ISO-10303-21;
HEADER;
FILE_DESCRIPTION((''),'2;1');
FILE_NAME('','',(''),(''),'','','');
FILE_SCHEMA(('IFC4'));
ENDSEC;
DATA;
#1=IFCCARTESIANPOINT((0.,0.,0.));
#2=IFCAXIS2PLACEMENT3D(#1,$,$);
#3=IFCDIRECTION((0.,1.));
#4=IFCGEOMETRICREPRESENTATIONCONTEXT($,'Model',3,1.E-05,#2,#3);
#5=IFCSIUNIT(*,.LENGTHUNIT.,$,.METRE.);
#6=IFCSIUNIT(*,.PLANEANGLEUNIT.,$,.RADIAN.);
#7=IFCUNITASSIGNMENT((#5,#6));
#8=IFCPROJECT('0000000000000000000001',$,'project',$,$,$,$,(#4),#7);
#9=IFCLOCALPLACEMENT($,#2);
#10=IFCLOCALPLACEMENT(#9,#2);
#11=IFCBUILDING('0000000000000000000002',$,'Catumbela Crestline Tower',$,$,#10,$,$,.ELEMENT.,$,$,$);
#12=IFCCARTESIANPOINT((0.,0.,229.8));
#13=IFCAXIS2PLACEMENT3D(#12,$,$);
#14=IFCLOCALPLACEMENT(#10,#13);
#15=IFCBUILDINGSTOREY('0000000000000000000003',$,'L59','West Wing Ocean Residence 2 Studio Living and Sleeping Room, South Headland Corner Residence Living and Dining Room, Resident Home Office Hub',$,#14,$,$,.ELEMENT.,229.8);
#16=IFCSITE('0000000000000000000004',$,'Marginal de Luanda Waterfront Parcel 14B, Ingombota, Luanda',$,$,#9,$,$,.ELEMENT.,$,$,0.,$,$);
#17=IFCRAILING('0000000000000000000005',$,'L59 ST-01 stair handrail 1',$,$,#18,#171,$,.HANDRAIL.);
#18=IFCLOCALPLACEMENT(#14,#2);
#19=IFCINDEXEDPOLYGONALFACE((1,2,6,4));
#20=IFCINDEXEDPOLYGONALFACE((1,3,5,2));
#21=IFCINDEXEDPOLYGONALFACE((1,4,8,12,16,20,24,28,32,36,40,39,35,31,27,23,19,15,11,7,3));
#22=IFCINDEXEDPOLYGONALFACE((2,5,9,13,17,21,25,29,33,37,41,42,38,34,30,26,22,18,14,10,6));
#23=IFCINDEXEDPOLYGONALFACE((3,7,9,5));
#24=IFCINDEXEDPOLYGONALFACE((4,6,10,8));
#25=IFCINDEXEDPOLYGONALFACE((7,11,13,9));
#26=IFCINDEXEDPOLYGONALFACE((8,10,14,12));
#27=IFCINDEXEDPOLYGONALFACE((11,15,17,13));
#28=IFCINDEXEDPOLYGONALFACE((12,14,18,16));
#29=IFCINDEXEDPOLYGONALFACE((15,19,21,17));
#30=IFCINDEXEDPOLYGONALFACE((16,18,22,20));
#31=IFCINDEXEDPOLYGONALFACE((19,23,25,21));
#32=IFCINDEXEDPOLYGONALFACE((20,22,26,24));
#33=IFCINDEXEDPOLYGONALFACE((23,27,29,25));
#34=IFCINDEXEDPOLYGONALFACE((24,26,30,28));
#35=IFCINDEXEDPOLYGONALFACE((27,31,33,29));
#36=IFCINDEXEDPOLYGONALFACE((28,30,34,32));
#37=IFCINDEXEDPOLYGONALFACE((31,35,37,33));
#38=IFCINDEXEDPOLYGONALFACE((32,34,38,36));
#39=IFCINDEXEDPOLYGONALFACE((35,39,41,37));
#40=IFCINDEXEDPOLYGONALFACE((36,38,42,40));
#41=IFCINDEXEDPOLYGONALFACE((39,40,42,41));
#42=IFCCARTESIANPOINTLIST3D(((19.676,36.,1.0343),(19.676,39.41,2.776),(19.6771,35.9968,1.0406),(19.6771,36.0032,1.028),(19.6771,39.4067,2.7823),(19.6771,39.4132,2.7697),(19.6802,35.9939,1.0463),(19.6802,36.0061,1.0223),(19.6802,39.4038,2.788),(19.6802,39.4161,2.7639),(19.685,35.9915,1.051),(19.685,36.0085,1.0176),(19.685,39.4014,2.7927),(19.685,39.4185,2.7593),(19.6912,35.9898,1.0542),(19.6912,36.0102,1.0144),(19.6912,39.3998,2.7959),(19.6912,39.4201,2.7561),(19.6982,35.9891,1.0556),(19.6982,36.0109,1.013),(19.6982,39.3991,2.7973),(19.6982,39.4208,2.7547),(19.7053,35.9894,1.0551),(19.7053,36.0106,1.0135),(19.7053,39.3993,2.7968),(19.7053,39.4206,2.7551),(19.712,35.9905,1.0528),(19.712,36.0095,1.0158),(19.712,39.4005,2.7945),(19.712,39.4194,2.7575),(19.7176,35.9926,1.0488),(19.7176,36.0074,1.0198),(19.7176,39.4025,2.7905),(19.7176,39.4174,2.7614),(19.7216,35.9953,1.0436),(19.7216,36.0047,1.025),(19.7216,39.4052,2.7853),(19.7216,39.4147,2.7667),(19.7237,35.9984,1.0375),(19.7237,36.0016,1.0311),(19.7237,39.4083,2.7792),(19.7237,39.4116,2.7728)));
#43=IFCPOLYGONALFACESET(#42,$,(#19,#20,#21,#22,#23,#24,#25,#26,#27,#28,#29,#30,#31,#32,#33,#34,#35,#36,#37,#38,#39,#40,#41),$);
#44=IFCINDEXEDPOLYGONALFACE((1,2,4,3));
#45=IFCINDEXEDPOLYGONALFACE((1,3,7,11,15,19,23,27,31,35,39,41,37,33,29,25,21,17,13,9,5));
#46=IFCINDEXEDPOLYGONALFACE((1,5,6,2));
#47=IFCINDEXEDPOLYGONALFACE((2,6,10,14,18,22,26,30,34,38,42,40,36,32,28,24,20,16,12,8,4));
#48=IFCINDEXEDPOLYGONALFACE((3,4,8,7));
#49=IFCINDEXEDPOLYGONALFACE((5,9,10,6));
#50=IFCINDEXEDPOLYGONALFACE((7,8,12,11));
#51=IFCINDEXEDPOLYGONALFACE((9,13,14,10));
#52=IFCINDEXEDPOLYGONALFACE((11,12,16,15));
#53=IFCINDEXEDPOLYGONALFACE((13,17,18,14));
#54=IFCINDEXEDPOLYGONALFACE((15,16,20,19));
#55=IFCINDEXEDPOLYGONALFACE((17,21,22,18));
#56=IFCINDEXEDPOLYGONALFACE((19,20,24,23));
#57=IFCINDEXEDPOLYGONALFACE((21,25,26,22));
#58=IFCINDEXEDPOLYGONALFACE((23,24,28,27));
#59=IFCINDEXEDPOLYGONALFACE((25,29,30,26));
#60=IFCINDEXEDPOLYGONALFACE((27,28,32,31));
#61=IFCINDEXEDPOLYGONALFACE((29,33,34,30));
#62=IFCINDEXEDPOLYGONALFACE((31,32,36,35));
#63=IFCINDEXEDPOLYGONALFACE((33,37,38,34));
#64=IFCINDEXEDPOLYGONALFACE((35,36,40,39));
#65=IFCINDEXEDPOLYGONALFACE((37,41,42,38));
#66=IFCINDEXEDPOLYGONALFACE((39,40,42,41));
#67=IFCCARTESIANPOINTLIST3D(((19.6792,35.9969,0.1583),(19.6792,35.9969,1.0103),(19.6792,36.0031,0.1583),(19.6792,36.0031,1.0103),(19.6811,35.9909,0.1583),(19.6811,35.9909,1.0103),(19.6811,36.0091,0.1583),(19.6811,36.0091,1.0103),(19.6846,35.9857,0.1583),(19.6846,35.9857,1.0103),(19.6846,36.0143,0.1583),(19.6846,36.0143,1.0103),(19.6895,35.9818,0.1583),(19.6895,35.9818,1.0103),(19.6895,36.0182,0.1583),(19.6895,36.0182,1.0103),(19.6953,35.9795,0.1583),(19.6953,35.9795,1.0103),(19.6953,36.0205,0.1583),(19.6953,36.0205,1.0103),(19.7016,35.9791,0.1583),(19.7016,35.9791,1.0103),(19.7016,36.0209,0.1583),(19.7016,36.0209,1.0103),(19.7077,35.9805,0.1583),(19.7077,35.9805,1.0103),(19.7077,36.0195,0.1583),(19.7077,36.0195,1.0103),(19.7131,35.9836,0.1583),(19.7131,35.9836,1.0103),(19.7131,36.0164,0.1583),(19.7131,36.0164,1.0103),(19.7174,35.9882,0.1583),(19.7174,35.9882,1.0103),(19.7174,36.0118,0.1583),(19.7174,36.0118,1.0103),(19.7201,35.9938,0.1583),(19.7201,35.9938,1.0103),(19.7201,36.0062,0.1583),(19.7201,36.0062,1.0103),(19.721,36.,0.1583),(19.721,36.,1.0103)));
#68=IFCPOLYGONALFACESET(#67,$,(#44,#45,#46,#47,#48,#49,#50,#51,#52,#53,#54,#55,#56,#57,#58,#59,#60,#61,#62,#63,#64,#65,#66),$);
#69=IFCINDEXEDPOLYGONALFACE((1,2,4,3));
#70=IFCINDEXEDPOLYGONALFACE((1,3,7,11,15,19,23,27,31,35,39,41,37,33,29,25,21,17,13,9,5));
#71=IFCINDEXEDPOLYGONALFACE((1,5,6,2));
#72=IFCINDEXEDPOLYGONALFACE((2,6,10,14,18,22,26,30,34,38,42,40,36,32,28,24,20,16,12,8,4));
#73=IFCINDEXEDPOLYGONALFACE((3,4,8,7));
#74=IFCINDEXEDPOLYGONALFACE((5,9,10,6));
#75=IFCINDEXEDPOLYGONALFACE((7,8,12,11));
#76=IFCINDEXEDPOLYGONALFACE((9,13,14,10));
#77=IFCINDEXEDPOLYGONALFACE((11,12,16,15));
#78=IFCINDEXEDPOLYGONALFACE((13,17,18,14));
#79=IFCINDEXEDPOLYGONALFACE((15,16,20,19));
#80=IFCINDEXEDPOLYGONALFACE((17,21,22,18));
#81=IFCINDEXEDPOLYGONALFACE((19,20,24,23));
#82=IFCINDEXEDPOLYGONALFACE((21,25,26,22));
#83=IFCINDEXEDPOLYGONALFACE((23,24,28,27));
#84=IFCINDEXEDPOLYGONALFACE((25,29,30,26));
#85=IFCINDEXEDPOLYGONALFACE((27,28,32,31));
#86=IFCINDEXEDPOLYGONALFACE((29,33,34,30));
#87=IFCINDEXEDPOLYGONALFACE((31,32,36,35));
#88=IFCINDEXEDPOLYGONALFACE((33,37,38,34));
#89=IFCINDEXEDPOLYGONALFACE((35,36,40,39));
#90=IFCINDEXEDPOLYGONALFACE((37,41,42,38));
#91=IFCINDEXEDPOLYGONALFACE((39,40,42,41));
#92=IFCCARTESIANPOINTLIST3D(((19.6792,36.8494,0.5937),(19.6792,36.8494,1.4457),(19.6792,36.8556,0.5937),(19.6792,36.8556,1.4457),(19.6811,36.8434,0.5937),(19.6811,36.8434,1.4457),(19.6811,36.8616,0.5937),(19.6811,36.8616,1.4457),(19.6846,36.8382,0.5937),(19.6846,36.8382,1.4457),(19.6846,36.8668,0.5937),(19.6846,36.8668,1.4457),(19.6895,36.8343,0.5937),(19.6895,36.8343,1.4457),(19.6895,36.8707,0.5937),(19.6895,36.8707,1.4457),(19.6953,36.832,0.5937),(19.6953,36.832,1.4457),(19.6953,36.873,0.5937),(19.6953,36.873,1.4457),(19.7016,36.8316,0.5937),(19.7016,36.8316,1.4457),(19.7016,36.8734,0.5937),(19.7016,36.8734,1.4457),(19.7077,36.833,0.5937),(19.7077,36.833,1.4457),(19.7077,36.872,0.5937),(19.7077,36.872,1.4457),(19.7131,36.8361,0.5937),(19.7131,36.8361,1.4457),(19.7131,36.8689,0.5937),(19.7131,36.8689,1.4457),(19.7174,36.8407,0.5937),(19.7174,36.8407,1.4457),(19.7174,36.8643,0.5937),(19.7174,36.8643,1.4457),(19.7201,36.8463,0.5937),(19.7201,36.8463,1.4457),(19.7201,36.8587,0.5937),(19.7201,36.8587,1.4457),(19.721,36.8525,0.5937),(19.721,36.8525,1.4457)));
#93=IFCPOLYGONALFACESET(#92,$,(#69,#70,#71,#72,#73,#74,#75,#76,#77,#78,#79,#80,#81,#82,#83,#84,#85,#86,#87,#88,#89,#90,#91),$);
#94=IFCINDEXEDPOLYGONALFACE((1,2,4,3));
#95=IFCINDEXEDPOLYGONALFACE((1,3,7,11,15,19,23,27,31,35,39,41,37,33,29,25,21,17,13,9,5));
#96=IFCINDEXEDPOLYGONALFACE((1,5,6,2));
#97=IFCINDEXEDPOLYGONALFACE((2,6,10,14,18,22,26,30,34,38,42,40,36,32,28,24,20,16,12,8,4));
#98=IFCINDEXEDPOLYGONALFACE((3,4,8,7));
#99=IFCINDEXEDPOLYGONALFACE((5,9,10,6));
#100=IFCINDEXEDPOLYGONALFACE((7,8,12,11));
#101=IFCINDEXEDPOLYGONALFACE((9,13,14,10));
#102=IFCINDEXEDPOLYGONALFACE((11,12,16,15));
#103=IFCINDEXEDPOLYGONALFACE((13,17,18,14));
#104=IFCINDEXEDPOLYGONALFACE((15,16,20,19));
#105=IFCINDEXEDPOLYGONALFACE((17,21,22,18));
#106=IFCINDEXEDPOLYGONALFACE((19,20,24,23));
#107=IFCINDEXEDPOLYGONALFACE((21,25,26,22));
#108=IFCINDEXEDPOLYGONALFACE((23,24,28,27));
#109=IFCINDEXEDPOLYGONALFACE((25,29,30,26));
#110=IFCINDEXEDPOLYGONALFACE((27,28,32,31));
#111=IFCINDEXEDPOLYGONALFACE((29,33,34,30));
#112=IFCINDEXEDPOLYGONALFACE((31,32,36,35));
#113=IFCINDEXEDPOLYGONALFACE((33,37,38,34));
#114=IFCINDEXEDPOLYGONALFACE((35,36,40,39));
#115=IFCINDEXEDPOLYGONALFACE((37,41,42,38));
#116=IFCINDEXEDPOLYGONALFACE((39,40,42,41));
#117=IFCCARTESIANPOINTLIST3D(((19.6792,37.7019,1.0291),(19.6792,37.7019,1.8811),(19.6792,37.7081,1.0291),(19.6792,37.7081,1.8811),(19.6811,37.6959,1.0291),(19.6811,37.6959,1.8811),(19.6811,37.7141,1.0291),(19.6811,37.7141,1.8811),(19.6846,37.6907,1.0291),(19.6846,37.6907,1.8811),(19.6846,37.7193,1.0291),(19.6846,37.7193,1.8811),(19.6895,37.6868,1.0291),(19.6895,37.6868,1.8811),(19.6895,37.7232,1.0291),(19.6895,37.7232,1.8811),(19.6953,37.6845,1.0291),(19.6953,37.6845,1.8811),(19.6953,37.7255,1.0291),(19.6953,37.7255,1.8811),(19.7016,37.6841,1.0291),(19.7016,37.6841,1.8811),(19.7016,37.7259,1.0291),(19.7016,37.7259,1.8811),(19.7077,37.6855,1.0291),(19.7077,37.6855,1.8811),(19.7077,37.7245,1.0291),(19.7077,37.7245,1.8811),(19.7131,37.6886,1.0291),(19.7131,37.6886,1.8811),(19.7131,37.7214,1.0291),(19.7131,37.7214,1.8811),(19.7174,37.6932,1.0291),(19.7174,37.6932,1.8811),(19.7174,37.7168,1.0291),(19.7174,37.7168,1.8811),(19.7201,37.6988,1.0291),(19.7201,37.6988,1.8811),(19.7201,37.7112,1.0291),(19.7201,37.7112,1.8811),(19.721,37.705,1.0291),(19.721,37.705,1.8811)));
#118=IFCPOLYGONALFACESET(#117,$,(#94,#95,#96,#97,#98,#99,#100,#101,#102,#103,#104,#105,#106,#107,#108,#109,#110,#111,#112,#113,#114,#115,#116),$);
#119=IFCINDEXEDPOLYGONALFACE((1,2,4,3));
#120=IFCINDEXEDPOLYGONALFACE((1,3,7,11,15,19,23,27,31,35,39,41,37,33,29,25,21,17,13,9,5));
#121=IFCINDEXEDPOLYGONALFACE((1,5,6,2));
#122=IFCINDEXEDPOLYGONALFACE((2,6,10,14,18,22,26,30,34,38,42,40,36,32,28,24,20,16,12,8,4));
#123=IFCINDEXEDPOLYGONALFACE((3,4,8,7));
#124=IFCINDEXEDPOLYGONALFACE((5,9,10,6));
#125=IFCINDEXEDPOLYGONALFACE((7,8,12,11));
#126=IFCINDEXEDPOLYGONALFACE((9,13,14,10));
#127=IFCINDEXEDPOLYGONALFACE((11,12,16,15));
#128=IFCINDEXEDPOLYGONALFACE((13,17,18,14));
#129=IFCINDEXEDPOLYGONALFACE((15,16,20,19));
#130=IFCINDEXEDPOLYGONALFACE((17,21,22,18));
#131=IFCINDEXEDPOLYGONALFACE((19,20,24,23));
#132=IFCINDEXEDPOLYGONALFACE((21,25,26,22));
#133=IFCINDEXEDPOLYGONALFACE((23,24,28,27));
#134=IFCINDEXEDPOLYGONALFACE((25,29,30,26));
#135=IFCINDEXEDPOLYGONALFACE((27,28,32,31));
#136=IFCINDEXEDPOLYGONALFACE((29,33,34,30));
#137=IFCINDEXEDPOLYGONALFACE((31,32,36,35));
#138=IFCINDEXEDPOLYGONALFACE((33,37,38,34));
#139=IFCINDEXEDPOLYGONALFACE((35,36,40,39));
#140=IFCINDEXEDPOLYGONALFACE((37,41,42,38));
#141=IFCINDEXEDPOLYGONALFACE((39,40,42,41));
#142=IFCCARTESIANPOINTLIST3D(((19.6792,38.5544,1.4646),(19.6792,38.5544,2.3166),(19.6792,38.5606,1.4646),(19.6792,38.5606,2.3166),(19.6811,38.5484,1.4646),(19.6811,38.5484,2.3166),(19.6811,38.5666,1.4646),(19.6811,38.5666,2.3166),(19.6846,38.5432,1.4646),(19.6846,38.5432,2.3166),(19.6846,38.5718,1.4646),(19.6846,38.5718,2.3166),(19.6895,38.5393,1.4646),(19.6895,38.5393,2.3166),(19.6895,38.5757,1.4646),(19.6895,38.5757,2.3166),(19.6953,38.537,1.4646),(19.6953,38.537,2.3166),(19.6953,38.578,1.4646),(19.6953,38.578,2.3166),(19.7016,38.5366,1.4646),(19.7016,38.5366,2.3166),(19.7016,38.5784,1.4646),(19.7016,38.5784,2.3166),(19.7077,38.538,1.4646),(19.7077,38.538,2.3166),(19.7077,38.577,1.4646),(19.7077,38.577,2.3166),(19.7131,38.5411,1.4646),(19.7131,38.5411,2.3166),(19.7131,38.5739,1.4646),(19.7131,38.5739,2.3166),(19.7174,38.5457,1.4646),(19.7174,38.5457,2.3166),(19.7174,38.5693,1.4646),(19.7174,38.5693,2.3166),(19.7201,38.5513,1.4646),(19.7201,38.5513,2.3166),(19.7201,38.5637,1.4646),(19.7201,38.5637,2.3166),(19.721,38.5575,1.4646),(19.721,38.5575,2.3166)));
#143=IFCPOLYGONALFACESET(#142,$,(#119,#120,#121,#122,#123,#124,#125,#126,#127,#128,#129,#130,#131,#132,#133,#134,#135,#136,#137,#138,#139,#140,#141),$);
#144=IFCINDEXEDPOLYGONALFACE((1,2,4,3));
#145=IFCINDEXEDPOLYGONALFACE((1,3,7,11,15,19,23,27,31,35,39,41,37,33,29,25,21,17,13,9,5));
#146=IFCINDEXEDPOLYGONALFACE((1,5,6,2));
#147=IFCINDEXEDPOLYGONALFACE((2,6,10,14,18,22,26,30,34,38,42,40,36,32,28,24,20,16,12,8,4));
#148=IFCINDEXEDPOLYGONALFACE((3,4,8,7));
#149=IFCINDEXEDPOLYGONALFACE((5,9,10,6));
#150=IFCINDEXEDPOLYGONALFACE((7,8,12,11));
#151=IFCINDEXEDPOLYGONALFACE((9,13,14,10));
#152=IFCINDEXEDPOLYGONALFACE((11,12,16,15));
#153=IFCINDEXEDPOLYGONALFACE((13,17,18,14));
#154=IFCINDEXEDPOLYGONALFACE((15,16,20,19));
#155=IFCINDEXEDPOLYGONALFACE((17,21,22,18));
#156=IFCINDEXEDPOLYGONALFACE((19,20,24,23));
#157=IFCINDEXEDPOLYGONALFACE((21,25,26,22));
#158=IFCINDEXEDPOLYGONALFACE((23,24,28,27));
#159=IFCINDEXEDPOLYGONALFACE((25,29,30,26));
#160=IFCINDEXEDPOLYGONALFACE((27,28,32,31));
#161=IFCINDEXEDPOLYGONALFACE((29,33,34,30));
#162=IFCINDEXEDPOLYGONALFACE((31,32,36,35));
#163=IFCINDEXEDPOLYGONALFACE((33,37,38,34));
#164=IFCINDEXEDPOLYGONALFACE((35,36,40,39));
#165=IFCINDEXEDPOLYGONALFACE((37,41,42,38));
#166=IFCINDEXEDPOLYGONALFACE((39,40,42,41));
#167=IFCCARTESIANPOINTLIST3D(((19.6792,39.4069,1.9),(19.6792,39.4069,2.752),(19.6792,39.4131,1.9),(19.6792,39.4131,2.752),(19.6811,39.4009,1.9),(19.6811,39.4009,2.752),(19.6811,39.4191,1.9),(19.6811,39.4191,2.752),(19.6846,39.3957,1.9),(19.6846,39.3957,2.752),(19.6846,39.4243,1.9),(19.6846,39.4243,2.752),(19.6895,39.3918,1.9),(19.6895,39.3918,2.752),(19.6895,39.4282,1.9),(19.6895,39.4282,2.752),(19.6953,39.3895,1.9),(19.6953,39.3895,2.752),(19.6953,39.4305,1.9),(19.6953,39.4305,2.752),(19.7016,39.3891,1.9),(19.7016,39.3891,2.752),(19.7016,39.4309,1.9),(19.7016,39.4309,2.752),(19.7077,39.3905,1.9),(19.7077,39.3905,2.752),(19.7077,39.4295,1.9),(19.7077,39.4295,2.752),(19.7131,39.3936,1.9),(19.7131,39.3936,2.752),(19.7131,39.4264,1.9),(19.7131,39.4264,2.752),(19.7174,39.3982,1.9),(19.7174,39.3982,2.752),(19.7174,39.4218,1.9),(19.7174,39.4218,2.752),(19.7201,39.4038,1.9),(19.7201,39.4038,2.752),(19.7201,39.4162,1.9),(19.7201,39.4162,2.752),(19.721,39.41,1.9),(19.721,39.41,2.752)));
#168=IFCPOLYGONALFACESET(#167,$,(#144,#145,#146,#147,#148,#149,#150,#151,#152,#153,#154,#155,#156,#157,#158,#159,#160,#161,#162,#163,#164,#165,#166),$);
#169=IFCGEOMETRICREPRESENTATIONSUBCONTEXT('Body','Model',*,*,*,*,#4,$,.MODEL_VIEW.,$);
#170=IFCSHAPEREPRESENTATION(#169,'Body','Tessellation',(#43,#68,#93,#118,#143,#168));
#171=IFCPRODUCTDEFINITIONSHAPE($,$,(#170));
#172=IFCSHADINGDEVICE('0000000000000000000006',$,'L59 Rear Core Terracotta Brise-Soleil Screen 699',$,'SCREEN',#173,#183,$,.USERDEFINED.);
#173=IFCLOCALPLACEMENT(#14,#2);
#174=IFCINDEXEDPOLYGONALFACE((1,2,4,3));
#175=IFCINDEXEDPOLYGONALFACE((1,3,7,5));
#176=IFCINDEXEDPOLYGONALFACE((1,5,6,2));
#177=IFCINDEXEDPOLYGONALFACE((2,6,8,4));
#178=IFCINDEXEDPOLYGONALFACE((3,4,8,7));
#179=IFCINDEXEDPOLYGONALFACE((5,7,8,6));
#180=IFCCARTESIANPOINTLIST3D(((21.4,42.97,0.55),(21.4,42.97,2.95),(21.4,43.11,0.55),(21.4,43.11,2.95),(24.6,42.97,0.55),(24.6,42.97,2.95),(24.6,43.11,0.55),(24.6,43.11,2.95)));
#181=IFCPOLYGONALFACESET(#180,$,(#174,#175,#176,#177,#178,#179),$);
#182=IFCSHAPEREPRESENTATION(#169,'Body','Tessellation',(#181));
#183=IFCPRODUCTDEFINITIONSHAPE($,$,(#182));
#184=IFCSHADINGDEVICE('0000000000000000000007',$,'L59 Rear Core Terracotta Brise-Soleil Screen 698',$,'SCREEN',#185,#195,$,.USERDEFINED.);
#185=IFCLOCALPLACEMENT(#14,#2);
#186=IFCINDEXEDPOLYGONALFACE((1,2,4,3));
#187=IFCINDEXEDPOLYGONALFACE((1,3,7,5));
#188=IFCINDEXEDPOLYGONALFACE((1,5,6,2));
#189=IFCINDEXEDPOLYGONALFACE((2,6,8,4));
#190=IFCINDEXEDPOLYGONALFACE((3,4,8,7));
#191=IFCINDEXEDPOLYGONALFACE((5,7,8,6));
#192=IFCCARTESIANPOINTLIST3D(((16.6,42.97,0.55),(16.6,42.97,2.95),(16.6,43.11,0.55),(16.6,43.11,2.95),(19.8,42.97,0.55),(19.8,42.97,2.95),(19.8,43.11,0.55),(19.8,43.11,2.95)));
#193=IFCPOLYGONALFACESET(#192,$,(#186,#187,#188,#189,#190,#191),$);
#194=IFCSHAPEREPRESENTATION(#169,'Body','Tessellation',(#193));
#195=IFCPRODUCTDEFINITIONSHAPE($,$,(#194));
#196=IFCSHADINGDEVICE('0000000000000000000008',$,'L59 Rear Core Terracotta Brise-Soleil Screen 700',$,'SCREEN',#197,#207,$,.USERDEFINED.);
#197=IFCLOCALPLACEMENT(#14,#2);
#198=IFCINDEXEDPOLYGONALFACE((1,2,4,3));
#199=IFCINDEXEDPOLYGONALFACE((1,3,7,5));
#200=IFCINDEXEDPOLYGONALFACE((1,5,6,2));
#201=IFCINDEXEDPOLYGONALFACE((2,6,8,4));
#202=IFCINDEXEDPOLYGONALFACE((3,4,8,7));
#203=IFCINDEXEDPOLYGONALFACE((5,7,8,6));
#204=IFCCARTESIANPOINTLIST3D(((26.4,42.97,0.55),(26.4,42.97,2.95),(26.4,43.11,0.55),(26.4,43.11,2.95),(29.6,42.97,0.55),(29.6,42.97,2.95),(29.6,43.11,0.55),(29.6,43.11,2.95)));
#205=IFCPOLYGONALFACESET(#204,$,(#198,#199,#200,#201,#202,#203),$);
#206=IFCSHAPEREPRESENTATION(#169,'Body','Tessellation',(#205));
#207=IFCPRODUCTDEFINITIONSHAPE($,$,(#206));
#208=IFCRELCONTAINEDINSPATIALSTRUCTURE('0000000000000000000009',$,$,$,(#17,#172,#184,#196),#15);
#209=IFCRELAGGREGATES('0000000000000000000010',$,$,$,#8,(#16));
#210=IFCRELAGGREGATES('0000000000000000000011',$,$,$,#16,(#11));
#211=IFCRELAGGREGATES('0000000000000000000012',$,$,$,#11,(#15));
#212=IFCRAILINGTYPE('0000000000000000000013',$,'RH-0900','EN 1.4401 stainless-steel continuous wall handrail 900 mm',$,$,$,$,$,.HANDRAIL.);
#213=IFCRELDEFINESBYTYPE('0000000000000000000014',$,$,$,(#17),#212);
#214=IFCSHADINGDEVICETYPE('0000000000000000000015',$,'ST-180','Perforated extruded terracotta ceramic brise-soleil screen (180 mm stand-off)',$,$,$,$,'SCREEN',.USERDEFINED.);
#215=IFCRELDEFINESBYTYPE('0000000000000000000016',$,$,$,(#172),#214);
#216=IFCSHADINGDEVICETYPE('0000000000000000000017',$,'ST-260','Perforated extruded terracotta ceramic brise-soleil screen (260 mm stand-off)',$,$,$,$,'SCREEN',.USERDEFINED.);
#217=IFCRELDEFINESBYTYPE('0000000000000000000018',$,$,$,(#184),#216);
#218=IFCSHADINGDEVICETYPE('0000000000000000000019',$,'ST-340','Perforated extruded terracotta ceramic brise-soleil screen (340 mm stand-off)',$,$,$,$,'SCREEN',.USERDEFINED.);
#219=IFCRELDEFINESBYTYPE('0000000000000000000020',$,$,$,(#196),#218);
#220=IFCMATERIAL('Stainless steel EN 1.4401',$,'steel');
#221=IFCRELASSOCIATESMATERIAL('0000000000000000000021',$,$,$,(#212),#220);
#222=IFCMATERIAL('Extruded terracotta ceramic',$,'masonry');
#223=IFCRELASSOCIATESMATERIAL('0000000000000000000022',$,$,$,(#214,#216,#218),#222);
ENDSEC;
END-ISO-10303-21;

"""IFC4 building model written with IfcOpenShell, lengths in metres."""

from ifc_helpers import new_model, si_unit, direction, frame, origin, origin_2d, place, context, subcontext, project, spatial, rectangle, circle, extrude, material, type_object, element, save


model = new_model("IFC4")

# Units and contexts
model_context = context("Model", 3, precision=1e-05, world=origin(), true_north=direction((0.0, 1.0)))
body_context = subcontext(model_context, "Body", "Model", "MODEL_VIEW")
ifc_project = project(units=[si_unit("LENGTHUNIT", "METRE"), si_unit("PLANEANGLEUNIT", "RADIAN")], contexts=[model_context])

# Site, building, storey
site_placement = place(None, origin())
site = spatial("IfcSite", under=ifc_project, at=site_placement, Name="Marginal de Luanda Waterfront Parcel 14B, Ingombota, Luanda", CompositionType="ELEMENT", RefElevation=0.0)
building_placement = place(site_placement, origin())
building = spatial("IfcBuilding", under=site, at=building_placement, Name="Catumbela Crestline Tower", CompositionType="ELEMENT")
storey_placement = place(building_placement, frame((0.0, 0.0, 229.8)))
storey = spatial("IfcBuildingStorey", under=building, at=storey_placement, Name="L59", Description="West Wing Ocean Residence 2 Studio Living and Sleeping Room, South Headland Corner Residence Living and Dining Room, Resident Home Office Hub", CompositionType="ELEMENT", Elevation=229.8)

# Shared definitions
ifc_material_1 = material(Name="Stainless steel EN 1.4401", Category="steel")

# Railing
railing_type = type_object("IfcRailingType", Name="RH-0900", Description="EN 1.4401 stainless-steel continuous wall handrail 900 mm", PredefinedType="HANDRAIL", material=ifc_material_1)
railing_placement = place(storey_placement, frame((19.7, 36.0, 0.1583)))
element("IfcRailing", 1, at=railing_placement, inside=storey, type_object=railing_type, Name="L59 ST-01 stair handrail 1", PredefinedType="HANDRAIL", context=body_context, shape_type="SweptSolid", body=[
    extrude(circle(Radius=0.024, at=origin_2d()), frame((0.0, 0.0, 0.876), z_axis=(0.0, 0.89056, 0.454865), x_axis=(-1.0, 0.0, 0.0)), (0.0, 0.0, 1.0), 3.829),
    extrude(circle(Radius=0.021, at=origin_2d()), origin(), (0.0, 0.0, 1.0), 0.852),
    extrude(circle(Radius=0.021, at=origin_2d()), frame((0.0, 0.8525, 0.4354)), (0.0, 0.0, 1.0), 0.852),
    extrude(circle(Radius=0.021, at=origin_2d()), frame((0.0, 1.705, 0.8708)), (0.0, 0.0, 1.0), 0.852),
    extrude(circle(Radius=0.021, at=origin_2d()), frame((0.0, 2.5575, 1.3063)), (0.0, 0.0, 1.0), 0.852),
    extrude(circle(Radius=0.021, at=origin_2d()), frame((0.0, 3.41, 1.7417)), (0.0, 0.0, 1.0), 0.852),
])

# Shading devices
ifc_material_2 = material(Name="Extruded terracotta ceramic", Category="masonry")
shading_device_type_1 = type_object("IfcShadingDeviceType", Name="ST-180", Description="Perforated extruded terracotta ceramic brise-soleil screen (180 mm stand-off)", ElementType="SCREEN", PredefinedType="USERDEFINED", material=ifc_material_2)
shading_device_1_placement = place(storey_placement, frame((23.0, 43.04, 0.55), z_axis=(0.0, 0.0, 1.0), x_axis=(1.0, 0.0, 0.0)))
element("IfcShadingDevice", 2, at=shading_device_1_placement, inside=storey, type_object=shading_device_type_1, Name="L59 Rear Core Terracotta Brise-Soleil Screen 699", ObjectType="SCREEN", PredefinedType="USERDEFINED", context=body_context, shape_type="SweptSolid", body=[
    extrude(rectangle(XDim=3.2, YDim=0.14, at=origin_2d()), origin(), (0.0, 0.0, 1.0), 2.4),
])
shading_device_type_2 = type_object("IfcShadingDeviceType", Name="ST-260", Description="Perforated extruded terracotta ceramic brise-soleil screen (260 mm stand-off)", ElementType="SCREEN", PredefinedType="USERDEFINED", material=ifc_material_2)
shading_device_2_placement = place(storey_placement, frame((18.2, 43.04, 0.55), z_axis=(0.0, 0.0, 1.0), x_axis=(1.0, 0.0, 0.0)))
element("IfcShadingDevice", 3, at=shading_device_2_placement, inside=storey, type_object=shading_device_type_2, Name="L59 Rear Core Terracotta Brise-Soleil Screen 698", ObjectType="SCREEN", PredefinedType="USERDEFINED", context=body_context, shape_type="SweptSolid", body=[
    extrude(rectangle(XDim=3.2, YDim=0.14, at=origin_2d()), origin(), (0.0, 0.0, 1.0), 2.4),
])
shading_device_type_3 = type_object("IfcShadingDeviceType", Name="ST-340", Description="Perforated extruded terracotta ceramic brise-soleil screen (340 mm stand-off)", ElementType="SCREEN", PredefinedType="USERDEFINED", material=ifc_material_2)
shading_device_3_placement = place(storey_placement, frame((28.0, 43.04, 0.55), z_axis=(0.0, 0.0, 1.0), x_axis=(1.0, 0.0, 0.0)))
element("IfcShadingDevice", 4, at=shading_device_3_placement, inside=storey, type_object=shading_device_type_3, Name="L59 Rear Core Terracotta Brise-Soleil Screen 700", ObjectType="SCREEN", PredefinedType="USERDEFINED", context=body_context, shape_type="SweptSolid", body=[
    extrude(rectangle(XDim=3.2, YDim=0.14, at=origin_2d()), origin(), (0.0, 0.0, 1.0), 2.4),
])

save(model, "model.ifc")
